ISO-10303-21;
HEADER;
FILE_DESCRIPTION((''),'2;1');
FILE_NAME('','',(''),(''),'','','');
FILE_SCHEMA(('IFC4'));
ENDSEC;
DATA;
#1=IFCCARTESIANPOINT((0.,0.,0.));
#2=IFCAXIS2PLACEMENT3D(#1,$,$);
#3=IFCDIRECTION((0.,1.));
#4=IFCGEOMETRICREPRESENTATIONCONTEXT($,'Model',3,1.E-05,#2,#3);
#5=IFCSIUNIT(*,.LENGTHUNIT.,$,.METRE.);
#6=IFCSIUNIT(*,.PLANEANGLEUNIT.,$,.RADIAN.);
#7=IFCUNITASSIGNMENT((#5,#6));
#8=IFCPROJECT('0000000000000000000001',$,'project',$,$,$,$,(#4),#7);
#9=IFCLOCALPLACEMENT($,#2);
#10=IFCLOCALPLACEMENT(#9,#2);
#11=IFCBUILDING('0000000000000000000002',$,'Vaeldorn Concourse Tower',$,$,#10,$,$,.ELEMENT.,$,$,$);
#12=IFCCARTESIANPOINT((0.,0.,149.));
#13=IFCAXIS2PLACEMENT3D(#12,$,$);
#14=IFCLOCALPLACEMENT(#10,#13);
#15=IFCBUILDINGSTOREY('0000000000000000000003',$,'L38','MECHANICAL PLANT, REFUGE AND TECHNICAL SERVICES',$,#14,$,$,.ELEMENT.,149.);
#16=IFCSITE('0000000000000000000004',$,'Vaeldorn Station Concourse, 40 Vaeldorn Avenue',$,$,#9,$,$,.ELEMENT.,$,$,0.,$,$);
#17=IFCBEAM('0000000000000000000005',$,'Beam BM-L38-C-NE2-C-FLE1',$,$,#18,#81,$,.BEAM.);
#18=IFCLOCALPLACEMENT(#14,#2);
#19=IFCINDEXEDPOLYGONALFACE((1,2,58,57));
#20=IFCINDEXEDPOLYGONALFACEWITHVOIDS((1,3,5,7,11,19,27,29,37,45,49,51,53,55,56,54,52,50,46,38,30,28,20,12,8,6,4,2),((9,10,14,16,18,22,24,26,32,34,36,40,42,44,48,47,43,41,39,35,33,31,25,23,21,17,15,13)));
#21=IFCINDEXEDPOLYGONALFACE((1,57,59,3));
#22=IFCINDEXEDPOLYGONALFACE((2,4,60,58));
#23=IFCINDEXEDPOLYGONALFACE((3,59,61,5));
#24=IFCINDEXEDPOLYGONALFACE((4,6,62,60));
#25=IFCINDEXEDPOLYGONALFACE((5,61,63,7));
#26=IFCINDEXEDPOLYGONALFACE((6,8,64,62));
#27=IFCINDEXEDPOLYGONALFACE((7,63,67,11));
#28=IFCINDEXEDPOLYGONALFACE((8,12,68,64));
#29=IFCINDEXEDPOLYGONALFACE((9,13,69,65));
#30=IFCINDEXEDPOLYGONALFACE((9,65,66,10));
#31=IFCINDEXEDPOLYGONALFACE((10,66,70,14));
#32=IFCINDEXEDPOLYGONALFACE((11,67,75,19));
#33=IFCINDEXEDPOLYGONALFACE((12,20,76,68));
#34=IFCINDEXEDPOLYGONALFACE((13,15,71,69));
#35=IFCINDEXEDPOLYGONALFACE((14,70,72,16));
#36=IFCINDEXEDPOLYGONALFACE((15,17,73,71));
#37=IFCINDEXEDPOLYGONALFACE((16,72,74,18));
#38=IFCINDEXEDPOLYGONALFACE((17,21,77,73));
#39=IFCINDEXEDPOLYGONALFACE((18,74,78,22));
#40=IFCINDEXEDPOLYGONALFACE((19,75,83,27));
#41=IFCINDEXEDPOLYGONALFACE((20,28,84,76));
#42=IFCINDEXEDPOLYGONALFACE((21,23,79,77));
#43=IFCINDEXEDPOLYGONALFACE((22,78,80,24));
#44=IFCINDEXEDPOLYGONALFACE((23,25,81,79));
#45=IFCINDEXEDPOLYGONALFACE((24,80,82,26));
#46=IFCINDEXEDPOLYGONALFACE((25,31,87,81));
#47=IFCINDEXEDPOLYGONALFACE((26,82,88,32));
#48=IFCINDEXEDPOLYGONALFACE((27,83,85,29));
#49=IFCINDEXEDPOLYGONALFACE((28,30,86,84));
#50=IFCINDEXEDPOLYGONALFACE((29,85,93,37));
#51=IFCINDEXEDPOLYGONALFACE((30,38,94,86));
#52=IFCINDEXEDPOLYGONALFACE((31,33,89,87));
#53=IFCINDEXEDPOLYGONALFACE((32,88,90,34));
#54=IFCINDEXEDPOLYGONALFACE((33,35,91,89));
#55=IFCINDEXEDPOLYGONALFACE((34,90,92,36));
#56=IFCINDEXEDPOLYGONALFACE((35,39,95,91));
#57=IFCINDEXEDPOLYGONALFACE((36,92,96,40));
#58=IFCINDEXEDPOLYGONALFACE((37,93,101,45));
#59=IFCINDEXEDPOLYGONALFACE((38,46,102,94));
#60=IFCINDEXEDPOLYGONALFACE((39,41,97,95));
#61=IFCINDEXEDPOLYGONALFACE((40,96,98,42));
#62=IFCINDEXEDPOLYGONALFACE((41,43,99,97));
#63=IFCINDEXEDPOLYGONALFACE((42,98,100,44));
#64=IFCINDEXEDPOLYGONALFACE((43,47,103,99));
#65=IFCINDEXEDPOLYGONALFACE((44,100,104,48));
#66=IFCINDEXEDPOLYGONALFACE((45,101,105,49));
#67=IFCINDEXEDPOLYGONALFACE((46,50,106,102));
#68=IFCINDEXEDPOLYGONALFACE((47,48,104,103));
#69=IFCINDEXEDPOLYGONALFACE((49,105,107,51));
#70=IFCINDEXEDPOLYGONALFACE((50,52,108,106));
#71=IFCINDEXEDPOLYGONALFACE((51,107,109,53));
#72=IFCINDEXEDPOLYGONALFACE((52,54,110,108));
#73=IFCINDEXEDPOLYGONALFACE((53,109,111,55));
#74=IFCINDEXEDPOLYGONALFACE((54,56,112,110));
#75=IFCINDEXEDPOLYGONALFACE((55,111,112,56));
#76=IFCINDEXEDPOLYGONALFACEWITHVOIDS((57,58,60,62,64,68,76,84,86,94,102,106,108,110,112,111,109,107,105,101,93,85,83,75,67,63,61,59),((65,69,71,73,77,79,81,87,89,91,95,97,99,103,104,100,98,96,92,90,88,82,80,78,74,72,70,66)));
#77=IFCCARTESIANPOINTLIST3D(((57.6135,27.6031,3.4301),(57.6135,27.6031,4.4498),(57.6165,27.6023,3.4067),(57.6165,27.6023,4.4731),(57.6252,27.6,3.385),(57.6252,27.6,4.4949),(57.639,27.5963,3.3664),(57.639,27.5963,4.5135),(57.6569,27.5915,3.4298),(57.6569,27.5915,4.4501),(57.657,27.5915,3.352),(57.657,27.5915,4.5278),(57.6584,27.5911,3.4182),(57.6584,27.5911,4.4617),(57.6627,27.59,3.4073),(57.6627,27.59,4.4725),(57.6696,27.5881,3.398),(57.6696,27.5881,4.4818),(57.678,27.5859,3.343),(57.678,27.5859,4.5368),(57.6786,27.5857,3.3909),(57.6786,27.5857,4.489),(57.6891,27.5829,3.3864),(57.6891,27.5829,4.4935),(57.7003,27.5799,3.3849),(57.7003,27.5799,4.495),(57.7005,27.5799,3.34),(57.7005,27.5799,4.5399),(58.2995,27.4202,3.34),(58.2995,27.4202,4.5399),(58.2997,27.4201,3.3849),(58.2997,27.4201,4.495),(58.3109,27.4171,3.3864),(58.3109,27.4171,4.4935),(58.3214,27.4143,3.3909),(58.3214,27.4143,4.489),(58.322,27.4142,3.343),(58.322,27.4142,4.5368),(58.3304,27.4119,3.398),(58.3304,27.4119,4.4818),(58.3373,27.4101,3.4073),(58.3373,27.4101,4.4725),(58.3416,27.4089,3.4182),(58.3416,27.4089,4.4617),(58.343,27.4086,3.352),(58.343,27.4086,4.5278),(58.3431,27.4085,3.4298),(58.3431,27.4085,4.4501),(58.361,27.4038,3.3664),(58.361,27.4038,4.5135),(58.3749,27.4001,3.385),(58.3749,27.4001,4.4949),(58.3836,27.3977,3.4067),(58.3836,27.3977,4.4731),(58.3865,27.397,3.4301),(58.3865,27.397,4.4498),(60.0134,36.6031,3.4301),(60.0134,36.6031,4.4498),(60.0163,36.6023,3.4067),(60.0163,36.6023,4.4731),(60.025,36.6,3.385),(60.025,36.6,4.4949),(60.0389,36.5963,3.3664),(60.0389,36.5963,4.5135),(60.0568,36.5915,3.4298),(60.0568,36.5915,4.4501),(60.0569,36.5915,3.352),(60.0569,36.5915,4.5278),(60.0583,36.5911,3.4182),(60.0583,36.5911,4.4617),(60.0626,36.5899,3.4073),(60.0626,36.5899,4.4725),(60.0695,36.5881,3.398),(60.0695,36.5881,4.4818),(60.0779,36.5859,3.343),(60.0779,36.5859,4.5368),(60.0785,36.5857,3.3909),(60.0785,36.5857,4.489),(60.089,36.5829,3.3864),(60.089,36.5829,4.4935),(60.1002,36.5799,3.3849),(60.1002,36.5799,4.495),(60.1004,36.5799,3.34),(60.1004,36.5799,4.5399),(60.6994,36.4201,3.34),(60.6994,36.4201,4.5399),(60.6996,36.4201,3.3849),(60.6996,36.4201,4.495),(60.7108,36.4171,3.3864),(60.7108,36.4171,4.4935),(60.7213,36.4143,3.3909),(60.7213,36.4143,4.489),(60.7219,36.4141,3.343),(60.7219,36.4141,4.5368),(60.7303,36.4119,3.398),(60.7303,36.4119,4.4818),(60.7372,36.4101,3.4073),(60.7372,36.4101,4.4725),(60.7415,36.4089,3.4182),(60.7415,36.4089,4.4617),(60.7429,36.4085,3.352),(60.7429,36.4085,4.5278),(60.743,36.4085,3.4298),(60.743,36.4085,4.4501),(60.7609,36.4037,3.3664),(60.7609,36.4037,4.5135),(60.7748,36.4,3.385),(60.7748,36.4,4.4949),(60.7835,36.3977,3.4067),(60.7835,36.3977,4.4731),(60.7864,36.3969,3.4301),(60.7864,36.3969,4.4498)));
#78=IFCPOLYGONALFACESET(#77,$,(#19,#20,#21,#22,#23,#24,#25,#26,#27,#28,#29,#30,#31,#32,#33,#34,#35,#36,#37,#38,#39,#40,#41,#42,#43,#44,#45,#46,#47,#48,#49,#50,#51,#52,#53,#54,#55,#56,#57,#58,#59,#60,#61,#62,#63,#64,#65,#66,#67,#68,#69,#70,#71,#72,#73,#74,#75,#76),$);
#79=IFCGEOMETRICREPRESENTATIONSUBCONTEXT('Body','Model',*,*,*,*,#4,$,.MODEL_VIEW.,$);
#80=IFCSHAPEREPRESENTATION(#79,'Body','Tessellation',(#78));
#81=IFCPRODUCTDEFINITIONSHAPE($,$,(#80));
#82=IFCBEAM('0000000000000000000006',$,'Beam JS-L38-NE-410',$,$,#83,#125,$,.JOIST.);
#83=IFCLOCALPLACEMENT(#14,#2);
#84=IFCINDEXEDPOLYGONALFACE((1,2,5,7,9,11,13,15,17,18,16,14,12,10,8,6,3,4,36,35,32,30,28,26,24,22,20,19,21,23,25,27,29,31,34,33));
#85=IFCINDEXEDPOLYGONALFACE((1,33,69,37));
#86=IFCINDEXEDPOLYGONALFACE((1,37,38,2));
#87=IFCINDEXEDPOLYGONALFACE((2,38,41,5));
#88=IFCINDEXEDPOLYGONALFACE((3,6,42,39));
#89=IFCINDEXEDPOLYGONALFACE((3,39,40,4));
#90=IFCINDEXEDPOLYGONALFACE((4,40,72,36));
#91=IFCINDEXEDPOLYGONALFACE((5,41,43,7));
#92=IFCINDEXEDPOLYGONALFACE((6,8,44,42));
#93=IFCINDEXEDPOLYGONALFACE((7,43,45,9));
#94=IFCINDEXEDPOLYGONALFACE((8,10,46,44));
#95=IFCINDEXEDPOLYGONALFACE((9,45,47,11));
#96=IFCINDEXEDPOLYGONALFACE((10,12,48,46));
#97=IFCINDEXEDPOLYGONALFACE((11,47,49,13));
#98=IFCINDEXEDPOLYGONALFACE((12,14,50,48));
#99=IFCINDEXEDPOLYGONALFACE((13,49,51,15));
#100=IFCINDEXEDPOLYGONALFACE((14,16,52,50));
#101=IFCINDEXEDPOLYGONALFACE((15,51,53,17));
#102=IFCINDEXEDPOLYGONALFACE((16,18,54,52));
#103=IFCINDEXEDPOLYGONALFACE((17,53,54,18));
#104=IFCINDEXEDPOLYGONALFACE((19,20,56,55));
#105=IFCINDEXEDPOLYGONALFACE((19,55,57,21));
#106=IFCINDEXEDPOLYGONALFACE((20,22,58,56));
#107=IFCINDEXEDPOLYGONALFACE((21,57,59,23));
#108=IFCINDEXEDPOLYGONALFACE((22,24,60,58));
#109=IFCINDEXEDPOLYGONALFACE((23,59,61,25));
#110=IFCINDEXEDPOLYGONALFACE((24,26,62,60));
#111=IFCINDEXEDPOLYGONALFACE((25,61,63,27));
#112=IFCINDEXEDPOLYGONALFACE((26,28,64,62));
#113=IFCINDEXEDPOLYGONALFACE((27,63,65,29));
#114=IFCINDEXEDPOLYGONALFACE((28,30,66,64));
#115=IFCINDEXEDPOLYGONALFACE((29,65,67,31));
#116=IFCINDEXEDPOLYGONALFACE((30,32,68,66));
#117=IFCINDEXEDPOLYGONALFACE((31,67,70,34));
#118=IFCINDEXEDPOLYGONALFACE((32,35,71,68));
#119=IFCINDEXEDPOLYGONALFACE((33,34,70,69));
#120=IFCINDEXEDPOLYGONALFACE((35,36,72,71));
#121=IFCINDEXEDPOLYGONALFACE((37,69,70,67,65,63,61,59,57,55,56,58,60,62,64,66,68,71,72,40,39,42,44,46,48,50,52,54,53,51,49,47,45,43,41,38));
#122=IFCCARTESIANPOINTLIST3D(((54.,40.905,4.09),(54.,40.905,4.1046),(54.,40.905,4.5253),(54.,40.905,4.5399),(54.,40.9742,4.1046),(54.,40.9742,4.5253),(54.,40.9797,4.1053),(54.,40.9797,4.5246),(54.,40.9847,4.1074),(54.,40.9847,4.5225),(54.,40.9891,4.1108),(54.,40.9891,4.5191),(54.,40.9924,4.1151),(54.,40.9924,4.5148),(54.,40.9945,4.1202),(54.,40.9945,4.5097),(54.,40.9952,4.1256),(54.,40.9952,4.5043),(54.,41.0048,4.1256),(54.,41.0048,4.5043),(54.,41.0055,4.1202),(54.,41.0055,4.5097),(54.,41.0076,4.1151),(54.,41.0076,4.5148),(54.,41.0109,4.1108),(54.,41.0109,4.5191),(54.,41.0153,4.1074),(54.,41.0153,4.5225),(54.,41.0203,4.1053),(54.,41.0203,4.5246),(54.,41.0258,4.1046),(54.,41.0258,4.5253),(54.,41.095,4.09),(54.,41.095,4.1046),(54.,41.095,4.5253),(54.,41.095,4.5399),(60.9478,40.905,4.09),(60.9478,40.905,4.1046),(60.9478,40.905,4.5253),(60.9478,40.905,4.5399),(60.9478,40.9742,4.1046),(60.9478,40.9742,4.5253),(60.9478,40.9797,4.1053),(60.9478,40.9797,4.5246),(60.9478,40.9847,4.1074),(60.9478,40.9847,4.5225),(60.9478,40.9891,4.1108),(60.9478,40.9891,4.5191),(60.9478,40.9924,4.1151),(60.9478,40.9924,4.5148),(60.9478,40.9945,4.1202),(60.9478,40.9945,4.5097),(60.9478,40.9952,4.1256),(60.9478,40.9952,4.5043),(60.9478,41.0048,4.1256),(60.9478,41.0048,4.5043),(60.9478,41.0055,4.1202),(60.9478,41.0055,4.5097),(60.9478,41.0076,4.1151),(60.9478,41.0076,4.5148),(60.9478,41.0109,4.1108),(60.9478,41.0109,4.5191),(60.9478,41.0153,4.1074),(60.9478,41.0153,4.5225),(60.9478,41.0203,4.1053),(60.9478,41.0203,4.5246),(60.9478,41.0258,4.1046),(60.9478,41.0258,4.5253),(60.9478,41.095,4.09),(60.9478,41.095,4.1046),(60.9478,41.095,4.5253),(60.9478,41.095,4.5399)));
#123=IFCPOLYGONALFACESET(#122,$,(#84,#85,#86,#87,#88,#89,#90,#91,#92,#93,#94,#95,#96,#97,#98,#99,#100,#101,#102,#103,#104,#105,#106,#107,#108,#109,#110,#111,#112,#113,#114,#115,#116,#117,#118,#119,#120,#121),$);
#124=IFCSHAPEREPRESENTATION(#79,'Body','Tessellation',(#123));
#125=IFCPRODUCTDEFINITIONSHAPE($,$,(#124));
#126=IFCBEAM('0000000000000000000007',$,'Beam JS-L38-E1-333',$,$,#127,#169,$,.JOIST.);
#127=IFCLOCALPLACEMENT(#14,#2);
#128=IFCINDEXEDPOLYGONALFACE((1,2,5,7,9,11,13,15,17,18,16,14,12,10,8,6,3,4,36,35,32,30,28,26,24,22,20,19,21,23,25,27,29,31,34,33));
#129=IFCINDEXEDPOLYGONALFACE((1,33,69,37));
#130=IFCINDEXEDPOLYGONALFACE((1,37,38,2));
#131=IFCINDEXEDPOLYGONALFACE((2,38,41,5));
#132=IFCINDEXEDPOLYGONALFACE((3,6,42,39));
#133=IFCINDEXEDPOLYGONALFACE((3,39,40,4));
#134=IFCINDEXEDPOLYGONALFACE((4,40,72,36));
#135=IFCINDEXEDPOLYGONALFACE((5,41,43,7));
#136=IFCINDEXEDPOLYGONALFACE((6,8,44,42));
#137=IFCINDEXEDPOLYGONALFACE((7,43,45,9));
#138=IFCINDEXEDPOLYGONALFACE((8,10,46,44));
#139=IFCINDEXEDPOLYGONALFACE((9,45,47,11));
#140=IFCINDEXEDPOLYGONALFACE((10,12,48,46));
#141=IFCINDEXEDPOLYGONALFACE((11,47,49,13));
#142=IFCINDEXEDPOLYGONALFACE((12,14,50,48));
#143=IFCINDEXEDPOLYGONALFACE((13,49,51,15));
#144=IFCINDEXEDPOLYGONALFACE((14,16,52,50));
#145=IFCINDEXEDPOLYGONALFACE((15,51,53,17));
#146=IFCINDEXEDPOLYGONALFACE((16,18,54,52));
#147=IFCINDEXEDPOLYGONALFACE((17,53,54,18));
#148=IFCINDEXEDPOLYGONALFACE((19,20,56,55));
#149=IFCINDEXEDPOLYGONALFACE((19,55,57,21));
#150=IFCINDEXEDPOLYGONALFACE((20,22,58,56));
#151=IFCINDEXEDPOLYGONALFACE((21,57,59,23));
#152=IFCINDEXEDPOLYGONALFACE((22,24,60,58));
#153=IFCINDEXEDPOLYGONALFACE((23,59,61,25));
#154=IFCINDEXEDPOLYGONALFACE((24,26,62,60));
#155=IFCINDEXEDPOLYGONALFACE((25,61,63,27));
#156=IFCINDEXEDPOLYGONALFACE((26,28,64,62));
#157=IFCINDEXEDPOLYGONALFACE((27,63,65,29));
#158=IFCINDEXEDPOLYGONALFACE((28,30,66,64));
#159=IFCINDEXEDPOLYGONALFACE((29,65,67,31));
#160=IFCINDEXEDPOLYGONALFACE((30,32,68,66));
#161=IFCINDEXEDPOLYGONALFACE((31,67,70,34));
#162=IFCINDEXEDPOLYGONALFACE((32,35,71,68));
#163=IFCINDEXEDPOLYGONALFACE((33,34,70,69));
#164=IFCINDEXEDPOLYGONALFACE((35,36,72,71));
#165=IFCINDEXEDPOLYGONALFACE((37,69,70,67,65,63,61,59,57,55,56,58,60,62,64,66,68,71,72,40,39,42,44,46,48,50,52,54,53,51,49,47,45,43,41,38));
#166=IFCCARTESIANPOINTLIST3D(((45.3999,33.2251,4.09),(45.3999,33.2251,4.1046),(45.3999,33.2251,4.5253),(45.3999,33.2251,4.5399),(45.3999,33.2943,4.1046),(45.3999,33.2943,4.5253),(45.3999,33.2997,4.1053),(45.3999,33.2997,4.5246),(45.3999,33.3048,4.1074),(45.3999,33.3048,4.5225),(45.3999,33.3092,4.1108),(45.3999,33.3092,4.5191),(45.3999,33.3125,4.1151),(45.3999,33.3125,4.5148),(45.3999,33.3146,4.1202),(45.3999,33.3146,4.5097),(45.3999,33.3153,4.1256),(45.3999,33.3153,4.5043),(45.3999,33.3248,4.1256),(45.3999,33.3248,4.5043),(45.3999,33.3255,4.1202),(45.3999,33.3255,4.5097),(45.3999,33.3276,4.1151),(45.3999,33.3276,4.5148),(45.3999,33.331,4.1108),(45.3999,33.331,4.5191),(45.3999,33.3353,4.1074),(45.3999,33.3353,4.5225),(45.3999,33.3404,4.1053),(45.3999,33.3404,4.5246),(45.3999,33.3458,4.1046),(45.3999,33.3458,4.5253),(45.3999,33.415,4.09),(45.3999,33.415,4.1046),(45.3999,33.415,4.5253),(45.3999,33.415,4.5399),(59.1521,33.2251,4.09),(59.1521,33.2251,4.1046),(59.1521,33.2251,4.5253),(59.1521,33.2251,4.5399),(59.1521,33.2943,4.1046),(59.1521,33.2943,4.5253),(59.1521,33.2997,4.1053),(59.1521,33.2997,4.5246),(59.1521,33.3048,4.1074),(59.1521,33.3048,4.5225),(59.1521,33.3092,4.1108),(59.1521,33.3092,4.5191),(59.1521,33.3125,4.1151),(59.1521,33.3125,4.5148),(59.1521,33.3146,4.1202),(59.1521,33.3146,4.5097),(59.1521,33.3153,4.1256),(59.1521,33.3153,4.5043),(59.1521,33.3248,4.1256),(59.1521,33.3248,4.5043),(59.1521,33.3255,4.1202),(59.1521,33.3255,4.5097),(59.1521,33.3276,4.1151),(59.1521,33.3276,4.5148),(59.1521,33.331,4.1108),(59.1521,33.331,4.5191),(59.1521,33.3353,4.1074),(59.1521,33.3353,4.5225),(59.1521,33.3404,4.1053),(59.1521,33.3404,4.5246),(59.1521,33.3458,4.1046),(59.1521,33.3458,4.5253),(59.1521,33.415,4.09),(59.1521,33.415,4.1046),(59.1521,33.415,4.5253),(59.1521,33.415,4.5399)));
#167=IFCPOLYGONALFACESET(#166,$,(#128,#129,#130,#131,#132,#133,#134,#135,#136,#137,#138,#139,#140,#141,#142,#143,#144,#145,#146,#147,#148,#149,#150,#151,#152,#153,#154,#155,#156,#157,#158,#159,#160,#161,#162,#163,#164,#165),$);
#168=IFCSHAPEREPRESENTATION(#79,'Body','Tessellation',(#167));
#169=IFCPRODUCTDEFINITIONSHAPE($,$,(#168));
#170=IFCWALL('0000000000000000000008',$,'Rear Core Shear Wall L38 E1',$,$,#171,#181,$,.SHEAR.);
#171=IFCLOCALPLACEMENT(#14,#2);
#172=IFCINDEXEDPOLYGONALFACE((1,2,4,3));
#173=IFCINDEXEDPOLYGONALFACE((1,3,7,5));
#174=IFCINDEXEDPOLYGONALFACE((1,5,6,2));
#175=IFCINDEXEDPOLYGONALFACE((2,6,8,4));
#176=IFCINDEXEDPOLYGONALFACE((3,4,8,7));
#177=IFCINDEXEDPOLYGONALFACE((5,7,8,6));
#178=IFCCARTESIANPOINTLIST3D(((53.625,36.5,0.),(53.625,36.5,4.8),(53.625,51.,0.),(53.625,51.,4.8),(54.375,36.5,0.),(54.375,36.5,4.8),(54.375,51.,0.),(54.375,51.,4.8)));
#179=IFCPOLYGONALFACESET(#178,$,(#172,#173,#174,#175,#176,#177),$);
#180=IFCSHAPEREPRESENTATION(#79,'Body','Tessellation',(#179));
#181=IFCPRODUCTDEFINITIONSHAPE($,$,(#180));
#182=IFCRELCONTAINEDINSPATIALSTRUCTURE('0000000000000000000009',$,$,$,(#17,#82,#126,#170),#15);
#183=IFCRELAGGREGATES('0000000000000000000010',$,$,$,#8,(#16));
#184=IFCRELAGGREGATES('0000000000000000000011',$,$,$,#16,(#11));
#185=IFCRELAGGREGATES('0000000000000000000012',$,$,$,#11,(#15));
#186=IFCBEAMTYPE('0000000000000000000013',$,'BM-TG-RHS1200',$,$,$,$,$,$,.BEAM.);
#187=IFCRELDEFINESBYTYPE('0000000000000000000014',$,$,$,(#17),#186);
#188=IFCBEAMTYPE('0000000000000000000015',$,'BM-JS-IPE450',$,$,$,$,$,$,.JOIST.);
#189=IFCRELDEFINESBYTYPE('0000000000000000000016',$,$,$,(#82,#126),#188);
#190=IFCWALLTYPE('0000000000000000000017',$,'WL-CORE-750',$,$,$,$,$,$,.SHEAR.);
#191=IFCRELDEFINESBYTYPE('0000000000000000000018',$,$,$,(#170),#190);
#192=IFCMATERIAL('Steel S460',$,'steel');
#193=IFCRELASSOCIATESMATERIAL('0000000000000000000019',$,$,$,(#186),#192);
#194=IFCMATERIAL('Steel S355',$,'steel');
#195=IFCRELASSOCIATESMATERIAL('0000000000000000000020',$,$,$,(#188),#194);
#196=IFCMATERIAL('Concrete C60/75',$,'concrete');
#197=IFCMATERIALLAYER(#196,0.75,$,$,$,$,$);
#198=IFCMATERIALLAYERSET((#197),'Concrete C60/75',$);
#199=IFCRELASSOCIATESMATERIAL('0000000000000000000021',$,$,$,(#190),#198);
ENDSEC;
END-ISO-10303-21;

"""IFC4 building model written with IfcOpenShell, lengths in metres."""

from ifc_helpers import new_model, si_unit, direction, frame, frame_2d, origin, origin_2d, place, context, subcontext, project, spatial, rectangle, hollow_rectangle, i_section, extrude, source, transform, mapped, material, layer, layer_set, material_profile, profile_set, type_object, element, save


model = new_model("IFC4")

# Units and contexts
model_context = context("Model", 3, precision=1e-05, world=origin(), true_north=direction((0.0, 1.0)))
body_context = subcontext(model_context, "Body", "Model", "MODEL_VIEW")
ifc_project = project(units=[si_unit("LENGTHUNIT", "METRE"), si_unit("PLANEANGLEUNIT", "RADIAN")], contexts=[model_context])

# Site, building, storey
site_placement = place(None, origin())
site = spatial("IfcSite", under=ifc_project, at=site_placement, Name="Vaeldorn Station Concourse, 40 Vaeldorn Avenue", CompositionType="ELEMENT", RefElevation=0.0)
building_placement = place(site_placement, origin())
building = spatial("IfcBuilding", under=site, at=building_placement, Name="Vaeldorn Concourse Tower", CompositionType="ELEMENT")
storey_placement = place(building_placement, frame((0.0, 0.0, 149.0)))
storey = spatial("IfcBuildingStorey", under=building, at=storey_placement, Name="L38", Description="MECHANICAL PLANT, REFUGE AND TECHNICAL SERVICES", CompositionType="ELEMENT", Elevation=149.0)

# Shared definitions
ifc_material_1 = material(Name="Steel S460", Category="steel")

# Beams
ifc_material_2 = material(Name="Concrete C60/75", Category="concrete")
ifc_material_profile_1 = material_profile(ifc_material_1, hollow_rectangle(XDim=0.8, YDim=1.2, WallThickness=0.0449, InnerFilletRadius=0.0449, OuterFilletRadius=0.0901, at=origin_2d()), Name="RHS 1200x800x45")
ifc_profile_set_1 = profile_set([ifc_material_profile_1], Name="Steel S460")
beam_type_1 = type_object("IfcBeamType", Name="BM-TG-RHS1200", PredefinedType="BEAM", material=ifc_profile_set_1)
shared_shape_1 = source(origin(), body_context, "Body", "SweptSolid", [
    extrude(hollow_rectangle(XDim=0.8, YDim=1.2, WallThickness=0.0449, InnerFilletRadius=0.0449, OuterFilletRadius=0.0901, at=origin_2d()), origin(), (0.0, 0.0, 1.0), 9.3145),
])
beam_1_placement = place(storey_placement, frame((60.3999, 36.5, 3.9399), z_axis=(-0.257653, -0.966238, 0.0), x_axis=(0.966238, -0.257653, 0.0)))
element("IfcBeam", 1, at=beam_1_placement, inside=storey, type_object=beam_type_1, Name="Beam BM-L38-C-NE2-C-FLE1", PredefinedType="BEAM", context=body_context, shape_type="MappedRepresentation", body=[
    mapped(shared_shape_1, transform((0.0, 0.0, 0.0), scale=1.0)),
])
ifc_material_3 = material(Name="Steel S355", Category="steel")
ifc_material_profile_2 = material_profile(ifc_material_3, i_section(OverallWidth=0.1899, OverallDepth=0.45, WebThickness=0.0095, FlangeThickness=0.0146, FilletRadius=0.021, at=origin_2d()), Name="IPE 450")
ifc_profile_set_2 = profile_set([ifc_material_profile_2], Name="Steel S355")
beam_type_2 = type_object("IfcBeamType", Name="BM-JS-IPE450", PredefinedType="JOIST", material=ifc_profile_set_2)
shared_shape_2 = source(origin(), body_context, "Body", "SweptSolid", [
    extrude(i_section(OverallWidth=0.1899, OverallDepth=0.45, WebThickness=0.0095, FlangeThickness=0.0146, FilletRadius=0.021, at=origin_2d()), origin(), (0.0, 0.0, 1.0), 6.9478),
])
beam_2_placement = place(storey_placement, frame((54.0, 41.0, 4.3149), z_axis=(1.0, 0.0, 0.0), x_axis=(0.0, 1.0, 0.0)))
element("IfcBeam", 2, at=beam_2_placement, inside=storey, type_object=beam_type_2, Name="Beam JS-L38-NE-410", PredefinedType="JOIST", context=body_context, shape_type="MappedRepresentation", body=[
    mapped(shared_shape_2, transform((0.0, 0.0, 0.0), scale=1.0)),
])
shared_shape_3 = source(origin(), body_context, "Body", "SweptSolid", [
    extrude(i_section(OverallWidth=0.1899, OverallDepth=0.45, WebThickness=0.0095, FlangeThickness=0.0146, FilletRadius=0.021, at=origin_2d()), origin(), (0.0, 0.0, 1.0), 13.7522),
])
beam_3_placement = place(storey_placement, frame((45.3999, 33.3201, 4.3149), z_axis=(1.0, 0.0, 0.0), x_axis=(0.0, 1.0, 0.0)))
element("IfcBeam", 3, at=beam_3_placement, inside=storey, type_object=beam_type_2, Name="Beam JS-L38-E1-333", PredefinedType="JOIST", context=body_context, shape_type="MappedRepresentation", body=[
    mapped(shared_shape_3, transform((0.0, 0.0, 0.0), scale=1.0)),
])

# Wall
ifc_layer_1 = layer(ifc_material_2, 0.75)
ifc_layer_set_1 = layer_set([ifc_layer_1], Name="Concrete C60/75")
wall_type_1 = type_object("IfcWallType", Name="WL-CORE-750", PredefinedType="SHEAR", material=ifc_layer_set_1)
wall_1_placement = place(storey_placement, frame((54.0, 36.5, 0.0), z_axis=(0.0, 0.0, 1.0), x_axis=(0.0, 1.0, 0.0)))
element("IfcWall", 4, at=wall_1_placement, inside=storey, type_object=wall_type_1, Name="Rear Core Shear Wall L38 E1", PredefinedType="SHEAR", context=body_context, shape_type="SweptSolid", body=[
    extrude(rectangle(XDim=14.5, YDim=0.75, at=frame_2d((7.25, 0.0))), origin(), (0.0, 0.0, 1.0), 4.8),
])

save(model, "model.ifc")
